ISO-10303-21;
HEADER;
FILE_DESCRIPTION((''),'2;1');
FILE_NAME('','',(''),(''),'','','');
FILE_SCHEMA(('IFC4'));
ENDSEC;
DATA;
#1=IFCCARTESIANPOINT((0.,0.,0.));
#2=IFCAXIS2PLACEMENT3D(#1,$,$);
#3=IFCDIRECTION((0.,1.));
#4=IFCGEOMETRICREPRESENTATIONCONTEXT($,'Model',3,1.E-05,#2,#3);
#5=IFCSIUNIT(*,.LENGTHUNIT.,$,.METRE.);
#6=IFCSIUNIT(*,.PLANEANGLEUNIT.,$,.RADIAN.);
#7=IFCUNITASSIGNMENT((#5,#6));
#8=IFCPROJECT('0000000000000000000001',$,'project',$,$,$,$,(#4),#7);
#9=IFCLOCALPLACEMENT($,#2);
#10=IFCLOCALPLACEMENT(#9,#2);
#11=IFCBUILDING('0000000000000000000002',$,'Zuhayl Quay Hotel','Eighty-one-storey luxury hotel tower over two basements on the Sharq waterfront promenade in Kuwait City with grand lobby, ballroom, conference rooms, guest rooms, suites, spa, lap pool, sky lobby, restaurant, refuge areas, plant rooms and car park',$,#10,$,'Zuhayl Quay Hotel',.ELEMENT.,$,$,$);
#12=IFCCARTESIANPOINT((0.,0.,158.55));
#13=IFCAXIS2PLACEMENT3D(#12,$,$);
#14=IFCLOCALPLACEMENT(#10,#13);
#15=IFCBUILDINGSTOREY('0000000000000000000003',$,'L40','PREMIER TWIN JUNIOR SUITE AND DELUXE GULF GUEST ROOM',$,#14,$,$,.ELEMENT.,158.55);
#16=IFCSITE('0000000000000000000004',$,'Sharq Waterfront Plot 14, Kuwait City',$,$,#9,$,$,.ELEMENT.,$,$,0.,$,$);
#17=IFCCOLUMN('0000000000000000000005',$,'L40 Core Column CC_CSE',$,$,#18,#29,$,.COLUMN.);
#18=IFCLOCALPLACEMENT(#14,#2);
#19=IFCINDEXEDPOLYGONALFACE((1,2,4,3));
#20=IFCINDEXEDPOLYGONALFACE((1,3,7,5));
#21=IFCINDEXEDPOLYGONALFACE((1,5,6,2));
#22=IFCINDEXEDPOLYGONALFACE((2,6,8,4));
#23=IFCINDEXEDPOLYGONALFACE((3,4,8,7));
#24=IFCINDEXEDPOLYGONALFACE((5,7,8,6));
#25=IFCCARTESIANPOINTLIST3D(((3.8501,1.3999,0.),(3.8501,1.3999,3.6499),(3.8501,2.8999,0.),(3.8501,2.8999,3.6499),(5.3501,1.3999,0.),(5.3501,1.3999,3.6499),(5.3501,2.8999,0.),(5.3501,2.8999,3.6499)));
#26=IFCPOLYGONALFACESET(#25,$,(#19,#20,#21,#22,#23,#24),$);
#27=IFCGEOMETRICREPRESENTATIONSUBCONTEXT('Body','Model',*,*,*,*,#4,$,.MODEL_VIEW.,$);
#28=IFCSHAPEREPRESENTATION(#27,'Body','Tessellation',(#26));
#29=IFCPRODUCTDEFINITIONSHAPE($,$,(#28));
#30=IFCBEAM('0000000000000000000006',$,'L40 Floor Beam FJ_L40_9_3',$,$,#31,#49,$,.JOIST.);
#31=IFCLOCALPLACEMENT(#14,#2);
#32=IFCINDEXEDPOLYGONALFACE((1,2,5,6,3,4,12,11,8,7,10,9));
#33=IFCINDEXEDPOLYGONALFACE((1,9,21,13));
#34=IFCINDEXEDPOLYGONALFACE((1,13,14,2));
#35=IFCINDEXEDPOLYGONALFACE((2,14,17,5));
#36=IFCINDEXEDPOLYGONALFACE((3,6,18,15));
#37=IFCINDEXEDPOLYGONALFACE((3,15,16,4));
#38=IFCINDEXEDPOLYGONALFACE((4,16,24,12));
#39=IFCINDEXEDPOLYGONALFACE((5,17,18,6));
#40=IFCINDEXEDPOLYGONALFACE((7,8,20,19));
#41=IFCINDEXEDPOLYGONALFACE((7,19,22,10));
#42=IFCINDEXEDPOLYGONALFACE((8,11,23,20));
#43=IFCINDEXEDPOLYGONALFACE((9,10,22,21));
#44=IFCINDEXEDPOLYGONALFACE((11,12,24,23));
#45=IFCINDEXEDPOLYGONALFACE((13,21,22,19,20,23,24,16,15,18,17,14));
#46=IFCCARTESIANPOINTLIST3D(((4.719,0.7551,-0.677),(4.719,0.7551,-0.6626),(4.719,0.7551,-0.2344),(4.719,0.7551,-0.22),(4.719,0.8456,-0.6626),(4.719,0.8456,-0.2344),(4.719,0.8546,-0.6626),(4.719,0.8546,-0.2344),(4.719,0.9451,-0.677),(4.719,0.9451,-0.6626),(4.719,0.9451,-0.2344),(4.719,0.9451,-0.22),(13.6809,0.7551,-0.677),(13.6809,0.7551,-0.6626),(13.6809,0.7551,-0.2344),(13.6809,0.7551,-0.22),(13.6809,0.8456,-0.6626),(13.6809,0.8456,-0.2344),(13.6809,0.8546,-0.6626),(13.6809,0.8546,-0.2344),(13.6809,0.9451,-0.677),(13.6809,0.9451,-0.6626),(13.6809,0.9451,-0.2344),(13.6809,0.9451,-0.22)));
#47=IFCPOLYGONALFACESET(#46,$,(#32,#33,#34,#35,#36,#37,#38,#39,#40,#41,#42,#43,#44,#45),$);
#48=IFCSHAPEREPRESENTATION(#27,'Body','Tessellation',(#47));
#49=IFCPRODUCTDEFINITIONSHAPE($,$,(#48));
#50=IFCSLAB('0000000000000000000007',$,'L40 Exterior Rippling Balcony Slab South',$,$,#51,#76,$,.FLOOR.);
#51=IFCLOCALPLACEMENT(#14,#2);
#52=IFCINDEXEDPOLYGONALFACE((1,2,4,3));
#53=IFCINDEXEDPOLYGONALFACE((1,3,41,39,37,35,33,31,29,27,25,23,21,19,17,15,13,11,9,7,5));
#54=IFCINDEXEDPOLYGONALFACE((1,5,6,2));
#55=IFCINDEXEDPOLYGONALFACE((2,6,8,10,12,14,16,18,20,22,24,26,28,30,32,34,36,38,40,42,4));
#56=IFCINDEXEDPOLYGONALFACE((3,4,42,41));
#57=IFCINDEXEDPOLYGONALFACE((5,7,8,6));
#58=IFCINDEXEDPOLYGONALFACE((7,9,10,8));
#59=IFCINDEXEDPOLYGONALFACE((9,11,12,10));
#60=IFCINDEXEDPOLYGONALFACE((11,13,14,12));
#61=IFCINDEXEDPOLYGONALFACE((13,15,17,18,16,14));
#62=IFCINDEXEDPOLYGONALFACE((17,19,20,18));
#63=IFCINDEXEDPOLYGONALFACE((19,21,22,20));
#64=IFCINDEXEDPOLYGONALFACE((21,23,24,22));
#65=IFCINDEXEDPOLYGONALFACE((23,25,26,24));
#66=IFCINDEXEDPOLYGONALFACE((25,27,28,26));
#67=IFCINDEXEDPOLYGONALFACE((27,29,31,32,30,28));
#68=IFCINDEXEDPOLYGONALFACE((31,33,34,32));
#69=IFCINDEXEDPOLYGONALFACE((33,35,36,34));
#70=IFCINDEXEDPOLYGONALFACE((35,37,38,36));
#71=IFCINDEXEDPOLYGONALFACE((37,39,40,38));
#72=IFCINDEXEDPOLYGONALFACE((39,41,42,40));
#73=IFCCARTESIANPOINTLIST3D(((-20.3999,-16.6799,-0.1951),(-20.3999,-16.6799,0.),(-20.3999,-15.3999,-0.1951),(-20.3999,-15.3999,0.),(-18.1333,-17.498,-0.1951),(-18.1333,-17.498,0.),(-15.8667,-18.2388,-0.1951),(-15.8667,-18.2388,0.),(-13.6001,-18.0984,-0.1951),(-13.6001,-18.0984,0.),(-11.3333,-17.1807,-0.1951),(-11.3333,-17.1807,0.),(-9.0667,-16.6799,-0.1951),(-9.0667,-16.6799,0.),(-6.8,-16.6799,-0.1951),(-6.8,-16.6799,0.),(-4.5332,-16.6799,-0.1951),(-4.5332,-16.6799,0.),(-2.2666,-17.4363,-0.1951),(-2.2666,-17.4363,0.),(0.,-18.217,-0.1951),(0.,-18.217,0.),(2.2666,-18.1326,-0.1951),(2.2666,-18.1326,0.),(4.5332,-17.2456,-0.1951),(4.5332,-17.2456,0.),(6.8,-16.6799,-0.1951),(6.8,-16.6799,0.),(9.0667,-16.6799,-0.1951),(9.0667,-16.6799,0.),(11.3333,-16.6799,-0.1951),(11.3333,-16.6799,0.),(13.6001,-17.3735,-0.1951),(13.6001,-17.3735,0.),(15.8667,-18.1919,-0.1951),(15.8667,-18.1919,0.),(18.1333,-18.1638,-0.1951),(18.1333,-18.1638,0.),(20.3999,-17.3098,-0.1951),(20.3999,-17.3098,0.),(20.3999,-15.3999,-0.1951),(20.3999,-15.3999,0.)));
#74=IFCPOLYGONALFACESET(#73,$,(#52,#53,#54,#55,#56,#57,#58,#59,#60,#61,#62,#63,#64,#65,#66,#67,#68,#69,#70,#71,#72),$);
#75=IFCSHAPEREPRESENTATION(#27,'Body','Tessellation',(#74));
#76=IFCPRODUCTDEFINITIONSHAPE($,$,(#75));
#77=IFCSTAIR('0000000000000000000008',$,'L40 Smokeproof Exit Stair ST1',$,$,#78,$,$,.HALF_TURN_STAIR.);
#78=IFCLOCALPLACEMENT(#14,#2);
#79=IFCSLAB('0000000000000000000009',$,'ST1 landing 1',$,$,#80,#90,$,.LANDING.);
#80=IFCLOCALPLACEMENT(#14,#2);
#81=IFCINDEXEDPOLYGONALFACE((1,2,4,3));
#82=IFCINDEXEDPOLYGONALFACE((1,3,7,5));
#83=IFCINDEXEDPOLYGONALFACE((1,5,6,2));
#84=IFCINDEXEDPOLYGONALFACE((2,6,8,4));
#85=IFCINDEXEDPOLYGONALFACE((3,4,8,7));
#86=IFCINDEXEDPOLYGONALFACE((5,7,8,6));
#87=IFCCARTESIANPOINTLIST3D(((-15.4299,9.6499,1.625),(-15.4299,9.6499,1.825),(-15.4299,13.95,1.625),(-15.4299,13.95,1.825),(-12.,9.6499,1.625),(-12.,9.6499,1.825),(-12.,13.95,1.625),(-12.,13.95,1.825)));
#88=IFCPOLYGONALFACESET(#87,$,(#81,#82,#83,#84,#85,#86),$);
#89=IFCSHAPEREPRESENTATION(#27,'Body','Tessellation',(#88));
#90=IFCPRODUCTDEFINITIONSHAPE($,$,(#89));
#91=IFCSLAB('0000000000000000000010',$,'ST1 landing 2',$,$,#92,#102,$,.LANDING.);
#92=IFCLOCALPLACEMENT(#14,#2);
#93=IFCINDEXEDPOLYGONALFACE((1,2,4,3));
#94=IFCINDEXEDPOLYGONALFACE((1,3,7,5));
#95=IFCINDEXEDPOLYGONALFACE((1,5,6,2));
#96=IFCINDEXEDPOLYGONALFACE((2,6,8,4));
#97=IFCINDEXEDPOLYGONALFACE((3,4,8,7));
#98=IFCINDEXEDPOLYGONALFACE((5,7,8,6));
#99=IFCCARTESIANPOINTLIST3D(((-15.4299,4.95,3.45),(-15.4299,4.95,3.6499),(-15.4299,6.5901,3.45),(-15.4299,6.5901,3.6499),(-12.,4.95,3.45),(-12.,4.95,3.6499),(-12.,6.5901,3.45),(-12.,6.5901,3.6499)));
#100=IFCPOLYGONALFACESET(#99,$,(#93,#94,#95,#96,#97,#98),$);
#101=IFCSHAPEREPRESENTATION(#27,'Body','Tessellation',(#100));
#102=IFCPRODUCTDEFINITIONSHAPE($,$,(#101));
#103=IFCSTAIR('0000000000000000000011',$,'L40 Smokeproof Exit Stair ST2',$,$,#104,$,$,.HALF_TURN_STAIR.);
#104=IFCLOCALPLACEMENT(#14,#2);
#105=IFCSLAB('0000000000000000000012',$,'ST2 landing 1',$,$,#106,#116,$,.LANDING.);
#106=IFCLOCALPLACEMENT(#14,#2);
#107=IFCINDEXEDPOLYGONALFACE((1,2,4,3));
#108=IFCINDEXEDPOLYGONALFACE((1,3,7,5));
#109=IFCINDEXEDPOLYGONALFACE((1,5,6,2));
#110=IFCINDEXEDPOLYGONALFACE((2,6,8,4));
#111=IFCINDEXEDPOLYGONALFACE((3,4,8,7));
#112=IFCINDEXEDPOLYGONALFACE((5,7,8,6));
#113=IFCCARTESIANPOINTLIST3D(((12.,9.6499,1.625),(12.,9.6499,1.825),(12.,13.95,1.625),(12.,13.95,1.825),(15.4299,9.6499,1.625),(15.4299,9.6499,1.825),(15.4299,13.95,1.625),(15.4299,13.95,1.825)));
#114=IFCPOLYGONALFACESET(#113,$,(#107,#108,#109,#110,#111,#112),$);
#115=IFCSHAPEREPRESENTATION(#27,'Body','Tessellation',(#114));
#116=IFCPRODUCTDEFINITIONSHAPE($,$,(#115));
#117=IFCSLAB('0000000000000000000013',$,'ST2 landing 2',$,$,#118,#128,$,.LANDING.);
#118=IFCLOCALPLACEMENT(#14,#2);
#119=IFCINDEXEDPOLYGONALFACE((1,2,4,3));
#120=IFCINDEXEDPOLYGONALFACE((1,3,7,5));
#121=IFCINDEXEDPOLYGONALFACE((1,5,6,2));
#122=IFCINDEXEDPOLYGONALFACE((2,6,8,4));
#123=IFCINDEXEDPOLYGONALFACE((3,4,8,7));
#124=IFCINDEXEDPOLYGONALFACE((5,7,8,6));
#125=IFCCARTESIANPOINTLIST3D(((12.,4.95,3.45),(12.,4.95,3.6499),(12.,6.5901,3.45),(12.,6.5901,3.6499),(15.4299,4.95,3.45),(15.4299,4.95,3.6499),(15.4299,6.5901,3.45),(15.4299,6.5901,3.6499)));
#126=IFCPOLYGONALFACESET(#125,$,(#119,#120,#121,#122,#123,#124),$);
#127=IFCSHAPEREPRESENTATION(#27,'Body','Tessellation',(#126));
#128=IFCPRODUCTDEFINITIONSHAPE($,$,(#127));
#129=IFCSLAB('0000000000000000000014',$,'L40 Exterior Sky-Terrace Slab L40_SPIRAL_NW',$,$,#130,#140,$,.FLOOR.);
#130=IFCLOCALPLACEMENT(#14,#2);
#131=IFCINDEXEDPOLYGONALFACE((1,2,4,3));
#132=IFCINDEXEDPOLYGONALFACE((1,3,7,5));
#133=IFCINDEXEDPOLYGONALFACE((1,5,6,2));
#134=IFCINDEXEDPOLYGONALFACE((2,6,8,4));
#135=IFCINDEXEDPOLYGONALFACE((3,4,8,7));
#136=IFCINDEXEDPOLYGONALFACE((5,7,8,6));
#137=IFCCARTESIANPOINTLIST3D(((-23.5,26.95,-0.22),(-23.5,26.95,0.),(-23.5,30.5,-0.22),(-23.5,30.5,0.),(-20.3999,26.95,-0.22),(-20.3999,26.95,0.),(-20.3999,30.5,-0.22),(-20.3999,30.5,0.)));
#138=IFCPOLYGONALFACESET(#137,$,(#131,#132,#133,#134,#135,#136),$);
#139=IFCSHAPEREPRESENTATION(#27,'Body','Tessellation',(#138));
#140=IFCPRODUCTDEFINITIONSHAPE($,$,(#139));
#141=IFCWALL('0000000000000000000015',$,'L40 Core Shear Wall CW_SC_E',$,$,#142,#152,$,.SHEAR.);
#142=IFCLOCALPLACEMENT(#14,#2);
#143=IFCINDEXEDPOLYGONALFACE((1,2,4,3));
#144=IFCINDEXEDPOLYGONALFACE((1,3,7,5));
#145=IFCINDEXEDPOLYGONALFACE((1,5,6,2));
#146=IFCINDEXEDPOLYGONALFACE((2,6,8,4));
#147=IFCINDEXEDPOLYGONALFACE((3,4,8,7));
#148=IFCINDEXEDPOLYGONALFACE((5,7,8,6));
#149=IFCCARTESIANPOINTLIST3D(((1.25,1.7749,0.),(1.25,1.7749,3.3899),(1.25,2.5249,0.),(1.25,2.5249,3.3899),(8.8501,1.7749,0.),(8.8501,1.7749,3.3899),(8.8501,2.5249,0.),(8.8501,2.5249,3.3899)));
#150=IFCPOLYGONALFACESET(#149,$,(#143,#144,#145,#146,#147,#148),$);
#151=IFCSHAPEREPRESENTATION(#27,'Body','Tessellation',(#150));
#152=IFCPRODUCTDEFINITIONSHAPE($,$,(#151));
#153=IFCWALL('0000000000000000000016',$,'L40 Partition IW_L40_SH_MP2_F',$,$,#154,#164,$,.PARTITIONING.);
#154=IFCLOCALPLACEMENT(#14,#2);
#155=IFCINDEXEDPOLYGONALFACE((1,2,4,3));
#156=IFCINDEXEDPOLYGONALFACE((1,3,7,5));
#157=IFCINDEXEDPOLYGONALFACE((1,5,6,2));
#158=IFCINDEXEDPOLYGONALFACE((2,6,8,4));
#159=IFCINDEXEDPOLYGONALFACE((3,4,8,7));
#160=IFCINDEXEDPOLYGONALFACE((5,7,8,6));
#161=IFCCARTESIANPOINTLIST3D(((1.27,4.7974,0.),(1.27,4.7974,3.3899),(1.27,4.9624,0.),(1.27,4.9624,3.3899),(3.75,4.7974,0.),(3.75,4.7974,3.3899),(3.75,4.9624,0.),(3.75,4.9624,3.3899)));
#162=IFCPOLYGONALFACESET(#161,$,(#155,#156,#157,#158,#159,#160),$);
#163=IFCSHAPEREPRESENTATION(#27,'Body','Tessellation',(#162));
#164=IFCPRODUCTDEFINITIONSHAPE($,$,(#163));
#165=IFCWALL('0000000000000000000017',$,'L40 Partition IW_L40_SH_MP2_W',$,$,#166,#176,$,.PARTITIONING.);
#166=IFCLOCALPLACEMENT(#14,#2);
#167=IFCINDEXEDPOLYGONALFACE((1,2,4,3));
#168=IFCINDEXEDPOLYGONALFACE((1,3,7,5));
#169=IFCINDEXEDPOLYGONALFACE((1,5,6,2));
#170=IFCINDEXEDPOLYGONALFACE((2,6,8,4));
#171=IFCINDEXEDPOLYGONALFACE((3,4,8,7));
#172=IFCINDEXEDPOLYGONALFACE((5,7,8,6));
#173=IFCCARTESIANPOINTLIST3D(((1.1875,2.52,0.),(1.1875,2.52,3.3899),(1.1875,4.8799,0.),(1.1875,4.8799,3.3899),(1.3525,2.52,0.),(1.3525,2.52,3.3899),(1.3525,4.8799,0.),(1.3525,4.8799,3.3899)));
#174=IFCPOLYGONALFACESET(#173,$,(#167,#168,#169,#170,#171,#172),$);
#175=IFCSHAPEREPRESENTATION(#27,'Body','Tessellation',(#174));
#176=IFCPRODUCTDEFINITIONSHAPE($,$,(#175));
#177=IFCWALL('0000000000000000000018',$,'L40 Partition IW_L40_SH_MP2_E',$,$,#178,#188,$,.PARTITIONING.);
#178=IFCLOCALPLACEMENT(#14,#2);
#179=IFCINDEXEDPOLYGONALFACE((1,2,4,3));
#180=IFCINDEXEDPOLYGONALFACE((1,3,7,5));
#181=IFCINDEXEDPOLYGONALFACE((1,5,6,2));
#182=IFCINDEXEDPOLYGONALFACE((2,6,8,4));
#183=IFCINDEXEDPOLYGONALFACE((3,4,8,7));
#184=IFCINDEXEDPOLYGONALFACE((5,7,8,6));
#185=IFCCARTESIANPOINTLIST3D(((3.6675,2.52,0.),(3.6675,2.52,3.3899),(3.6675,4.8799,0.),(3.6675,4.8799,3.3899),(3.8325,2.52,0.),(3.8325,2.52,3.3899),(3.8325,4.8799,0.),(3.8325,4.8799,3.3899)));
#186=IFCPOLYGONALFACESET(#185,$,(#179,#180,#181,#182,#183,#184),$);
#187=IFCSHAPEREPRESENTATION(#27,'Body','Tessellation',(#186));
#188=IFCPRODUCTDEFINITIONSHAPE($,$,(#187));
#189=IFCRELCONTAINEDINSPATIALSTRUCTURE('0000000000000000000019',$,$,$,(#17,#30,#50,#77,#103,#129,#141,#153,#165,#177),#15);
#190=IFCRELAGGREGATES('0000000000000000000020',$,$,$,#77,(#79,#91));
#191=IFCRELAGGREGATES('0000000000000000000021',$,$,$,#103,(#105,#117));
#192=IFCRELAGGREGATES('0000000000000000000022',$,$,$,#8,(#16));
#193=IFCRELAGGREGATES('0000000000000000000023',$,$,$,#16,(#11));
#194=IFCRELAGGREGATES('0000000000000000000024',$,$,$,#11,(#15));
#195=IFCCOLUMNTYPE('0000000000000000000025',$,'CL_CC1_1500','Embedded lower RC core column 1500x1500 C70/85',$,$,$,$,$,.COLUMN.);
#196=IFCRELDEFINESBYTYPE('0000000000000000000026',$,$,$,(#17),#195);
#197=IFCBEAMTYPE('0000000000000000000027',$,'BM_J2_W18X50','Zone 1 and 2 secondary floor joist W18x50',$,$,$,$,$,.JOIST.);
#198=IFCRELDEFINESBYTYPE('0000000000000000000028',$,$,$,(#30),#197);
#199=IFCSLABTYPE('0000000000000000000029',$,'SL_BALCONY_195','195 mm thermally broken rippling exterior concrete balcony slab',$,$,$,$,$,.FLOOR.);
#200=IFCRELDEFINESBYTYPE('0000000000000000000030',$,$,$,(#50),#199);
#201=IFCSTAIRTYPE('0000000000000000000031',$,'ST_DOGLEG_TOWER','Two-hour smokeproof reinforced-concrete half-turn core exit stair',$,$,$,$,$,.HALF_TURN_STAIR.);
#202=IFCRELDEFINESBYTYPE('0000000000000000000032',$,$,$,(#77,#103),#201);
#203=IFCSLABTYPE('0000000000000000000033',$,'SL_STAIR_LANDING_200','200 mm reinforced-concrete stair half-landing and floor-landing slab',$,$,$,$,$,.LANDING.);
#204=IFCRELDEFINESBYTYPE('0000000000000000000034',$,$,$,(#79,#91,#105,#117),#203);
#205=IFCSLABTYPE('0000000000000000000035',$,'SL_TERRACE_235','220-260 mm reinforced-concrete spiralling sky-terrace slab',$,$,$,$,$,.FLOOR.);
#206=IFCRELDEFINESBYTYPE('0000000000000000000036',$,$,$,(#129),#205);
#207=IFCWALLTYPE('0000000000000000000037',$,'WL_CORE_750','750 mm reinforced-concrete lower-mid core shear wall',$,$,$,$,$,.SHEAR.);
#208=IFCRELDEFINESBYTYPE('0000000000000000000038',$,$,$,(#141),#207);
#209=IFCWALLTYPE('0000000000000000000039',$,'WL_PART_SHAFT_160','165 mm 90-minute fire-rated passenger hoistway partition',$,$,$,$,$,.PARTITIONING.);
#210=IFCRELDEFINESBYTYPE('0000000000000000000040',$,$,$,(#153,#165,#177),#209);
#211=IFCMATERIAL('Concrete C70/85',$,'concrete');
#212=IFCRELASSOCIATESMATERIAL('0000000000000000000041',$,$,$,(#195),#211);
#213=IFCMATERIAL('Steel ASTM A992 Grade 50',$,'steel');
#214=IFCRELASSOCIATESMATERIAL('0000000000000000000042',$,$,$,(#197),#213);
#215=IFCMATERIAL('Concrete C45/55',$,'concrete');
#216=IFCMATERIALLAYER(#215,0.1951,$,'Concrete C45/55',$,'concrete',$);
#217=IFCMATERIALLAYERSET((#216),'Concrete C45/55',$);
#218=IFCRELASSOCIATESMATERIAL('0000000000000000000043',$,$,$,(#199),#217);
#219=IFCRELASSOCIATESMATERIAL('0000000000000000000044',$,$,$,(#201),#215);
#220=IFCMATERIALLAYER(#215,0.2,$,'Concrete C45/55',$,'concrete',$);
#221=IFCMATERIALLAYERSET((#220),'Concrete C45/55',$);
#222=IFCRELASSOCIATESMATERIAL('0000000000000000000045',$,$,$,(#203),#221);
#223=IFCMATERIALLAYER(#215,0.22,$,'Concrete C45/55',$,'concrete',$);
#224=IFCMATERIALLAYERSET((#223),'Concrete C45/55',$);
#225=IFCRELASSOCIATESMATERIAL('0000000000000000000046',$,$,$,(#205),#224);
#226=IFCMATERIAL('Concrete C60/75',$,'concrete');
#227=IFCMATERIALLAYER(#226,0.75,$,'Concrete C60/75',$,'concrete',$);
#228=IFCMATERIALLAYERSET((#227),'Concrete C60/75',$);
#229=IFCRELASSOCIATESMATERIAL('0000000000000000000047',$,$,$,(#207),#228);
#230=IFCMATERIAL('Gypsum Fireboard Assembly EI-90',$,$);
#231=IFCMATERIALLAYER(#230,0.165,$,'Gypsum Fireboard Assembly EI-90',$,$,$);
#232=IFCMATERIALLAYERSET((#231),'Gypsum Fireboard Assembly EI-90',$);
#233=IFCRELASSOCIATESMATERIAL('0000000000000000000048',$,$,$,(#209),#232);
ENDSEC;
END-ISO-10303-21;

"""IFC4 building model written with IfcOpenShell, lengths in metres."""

from ifc_helpers import new_model, si_unit, direction, frame, frame_2d, origin, origin_2d, place, context, subcontext, project, spatial, polyline, rectangle, i_section, outline, extrude, material, layer, layer_set, material_profile, profile_set, type_object, element, aggregate, save


model = new_model("IFC4")

# Units and contexts
model_context = context("Model", 3, precision=1e-05, world=origin(), true_north=direction((0.0, 1.0)))
body_context = subcontext(model_context, "Body", "Model", "MODEL_VIEW")
ifc_project = project(units=[si_unit("LENGTHUNIT", "METRE"), si_unit("PLANEANGLEUNIT", "RADIAN")], contexts=[model_context])

# Site, building, storey
site_placement = place(None, origin())
site = spatial("IfcSite", under=ifc_project, at=site_placement, Name="Sharq Waterfront Plot 14, Kuwait City", CompositionType="ELEMENT", RefElevation=0.0)
building_placement = place(site_placement, origin())
building = spatial("IfcBuilding", under=site, at=building_placement, Name="Zuhayl Quay Hotel", Description="Eighty-one-storey luxury hotel tower over two basements on the Sharq waterfront promenade in Kuwait City with grand lobby, ballroom, conference rooms, guest rooms, suites, spa, lap pool, sky lobby, restaurant, refuge areas, plant rooms and car park", LongName="Zuhayl Quay Hotel", CompositionType="ELEMENT")
storey_placement = place(building_placement, frame((0.0, 0.0, 158.55)))
storey = spatial("IfcBuildingStorey", under=building, at=storey_placement, Name="L40", Description="PREMIER TWIN JUNIOR SUITE AND DELUXE GULF GUEST ROOM", CompositionType="ELEMENT", Elevation=158.55)

# Column
ifc_material_1 = material(Name="Concrete C70/85", Category="concrete")
ifc_material_profile_1 = material_profile(ifc_material_1, rectangle(XDim=1.5, YDim=1.5, at=origin_2d()), Name="RC1500X1500")
ifc_profile_set_1 = profile_set([ifc_material_profile_1], Name="Concrete C70/85")
column_type = type_object("IfcColumnType", Name="CL_CC1_1500", Description="Embedded lower RC core column 1500x1500 C70/85", PredefinedType="COLUMN", material=ifc_profile_set_1)
column_placement = place(storey_placement, frame((4.6001, 2.1499, 0.0), z_axis=(0.0, 0.0, 1.0), x_axis=(1.0, 0.0, 0.0)))
element("IfcColumn", 1, at=column_placement, inside=storey, type_object=column_type, Name="L40 Core Column CC_CSE", PredefinedType="COLUMN", context=body_context, shape_type="SweptSolid", body=[
    extrude(rectangle(XDim=1.5, YDim=1.5, at=origin_2d()), origin(), (0.0, 0.0, 1.0), 3.6499),
])

# Beam
ifc_material_2 = material(Name="Steel ASTM A992 Grade 50", Category="steel")
ifc_material_profile_2 = material_profile(ifc_material_2, i_section(OverallWidth=0.1899, OverallDepth=0.457, WebThickness=0.009, FlangeThickness=0.0144, at=origin_2d()), Name="W18X50")
ifc_profile_set_2 = profile_set([ifc_material_profile_2], Name="Steel ASTM A992 Grade 50")
beam_type = type_object("IfcBeamType", Name="BM_J2_W18X50", Description="Zone 1 and 2 secondary floor joist W18x50", PredefinedType="JOIST", material=ifc_profile_set_2)
beam_placement = place(storey_placement, frame((4.719, 0.8501, -0.4485), z_axis=(1.0, 0.0, 0.0), x_axis=(0.0, 1.0, 0.0)))
element("IfcBeam", 2, at=beam_placement, inside=storey, type_object=beam_type, Name="L40 Floor Beam FJ_L40_9_3", PredefinedType="JOIST", context=body_context, shape_type="SweptSolid", body=[
    extrude(i_section(OverallWidth=0.1899, OverallDepth=0.457, WebThickness=0.009, FlangeThickness=0.0144, at=origin_2d()), origin(), (0.0, 0.0, 1.0), 8.9619),
])

# Slab
ifc_material_3 = material(Name="Concrete C45/55", Category="concrete")
ifc_layer_1 = layer(ifc_material_3, 0.1951, Name="Concrete C45/55", Category="concrete")
ifc_layer_set_1 = layer_set([ifc_layer_1], Name="Concrete C45/55")
slab_type_1 = type_object("IfcSlabType", Name="SL_BALCONY_195", Description="195 mm thermally broken rippling exterior concrete balcony slab", PredefinedType="FLOOR", material=ifc_layer_set_1)
slab_1_placement = place(storey_placement, frame((0.0, 0.0, -0.1951)))
element("IfcSlab", 3, at=slab_1_placement, inside=storey, type_object=slab_type_1, Name="L40 Exterior Rippling Balcony Slab South", PredefinedType="FLOOR", context=body_context, shape_type="SweptSolid", body=[
    extrude(outline(polyline([(-20.3999, -16.6799), (-18.1333, -17.498), (-15.8667, -18.2388), (-13.6001, -18.0984), (-11.3333, -17.1807), (-9.0667, -16.6799), (-6.8, -16.6799), (-4.5332, -16.6799), (-2.2666, -17.4363), (0.0, -18.217), (2.2666, -18.1326), (4.5332, -17.2456), (6.8, -16.6799), (9.0667, -16.6799), (11.3333, -16.6799), (13.6001, -17.3735), (15.8667, -18.1919), (18.1333, -18.1638), (20.3999, -17.3098), (20.3999, -15.3999), (-20.3999, -15.3999), (-20.3999, -16.6799)])), origin(), (0.0, 0.0, 1.0), 0.1951),
])

# Stairs, slabs
stair_type = type_object("IfcStairType", Name="ST_DOGLEG_TOWER", Description="Two-hour smokeproof reinforced-concrete half-turn core exit stair", PredefinedType="HALF_TURN_STAIR", material=ifc_material_3)
stair_1_placement = place(storey_placement, origin())
stair_1 = element("IfcStair", 4, at=stair_1_placement, inside=storey, type_object=stair_type, Name="L40 Smokeproof Exit Stair ST1", PredefinedType="HALF_TURN_STAIR")
ifc_layer_2 = layer(ifc_material_3, 0.2, Name="Concrete C45/55", Category="concrete")
ifc_layer_set_2 = layer_set([ifc_layer_2], Name="Concrete C45/55")
slab_type_2 = type_object("IfcSlabType", Name="SL_STAIR_LANDING_200", Description="200 mm reinforced-concrete stair half-landing and floor-landing slab", PredefinedType="LANDING", material=ifc_layer_set_2)
slab_2_placement = place(storey_placement, frame((0.0, 0.0, 1.625)))
slab_2 = element("IfcSlab", 5, at=slab_2_placement, type_object=slab_type_2, Name="ST1 landing 1", PredefinedType="LANDING", context=body_context, shape_type="SweptSolid", body=[
    extrude(outline(polyline([(-12.0, 9.6499), (-12.0, 13.95), (-15.4299, 13.95), (-15.4299, 9.6499), (-12.0, 9.6499)])), origin(), (0.0, 0.0, 1.0), 0.2),
])
slab_3_placement = place(storey_placement, frame((0.0, 0.0, 3.45)))
slab_3 = element("IfcSlab", 6, at=slab_3_placement, type_object=slab_type_2, Name="ST1 landing 2", PredefinedType="LANDING", context=body_context, shape_type="SweptSolid", body=[
    extrude(outline(polyline([(-12.0, 4.95), (-12.0, 6.5901), (-15.4299, 6.5901), (-15.4299, 4.95), (-12.0, 4.95)])), origin(), (0.0, 0.0, 1.0), 0.2),
])
aggregate(stair_1, [slab_2, slab_3])
stair_2_placement = place(storey_placement, origin())
stair_2 = element("IfcStair", 7, at=stair_2_placement, inside=storey, type_object=stair_type, Name="L40 Smokeproof Exit Stair ST2", PredefinedType="HALF_TURN_STAIR")
slab_4_placement = place(storey_placement, frame((0.0, 0.0, 1.625)))
slab_4 = element("IfcSlab", 8, at=slab_4_placement, type_object=slab_type_2, Name="ST2 landing 1", PredefinedType="LANDING", context=body_context, shape_type="SweptSolid", body=[
    extrude(outline(polyline([(15.4299, 9.6499), (15.4299, 13.95), (12.0, 13.95), (12.0, 9.6499), (15.4299, 9.6499)])), origin(), (0.0, 0.0, 1.0), 0.2),
])
slab_5_placement = place(storey_placement, frame((0.0, 0.0, 3.45)))
slab_5 = element("IfcSlab", 9, at=slab_5_placement, type_object=slab_type_2, Name="ST2 landing 2", PredefinedType="LANDING", context=body_context, shape_type="SweptSolid", body=[
    extrude(outline(polyline([(15.4299, 4.95), (15.4299, 6.5901), (12.0, 6.5901), (12.0, 4.95), (15.4299, 4.95)])), origin(), (0.0, 0.0, 1.0), 0.2),
])
aggregate(stair_2, [slab_4, slab_5])

# Slab
ifc_layer_3 = layer(ifc_material_3, 0.22, Name="Concrete C45/55", Category="concrete")
ifc_layer_set_3 = layer_set([ifc_layer_3], Name="Concrete C45/55")
slab_type_3 = type_object("IfcSlabType", Name="SL_TERRACE_235", Description="220-260 mm reinforced-concrete spiralling sky-terrace slab", PredefinedType="FLOOR", material=ifc_layer_set_3)
slab_6_placement = place(storey_placement, frame((0.0, 0.0, -0.22)))
element("IfcSlab", 10, at=slab_6_placement, inside=storey, type_object=slab_type_3, Name="L40 Exterior Sky-Terrace Slab L40_SPIRAL_NW", PredefinedType="FLOOR", context=body_context, shape_type="SweptSolid", body=[
    extrude(outline(polyline([(-23.5, 26.95), (-20.3999, 26.95), (-20.3999, 30.5), (-23.5, 30.5), (-23.5, 26.95)])), origin(), (0.0, 0.0, 1.0), 0.22),
])

# Walls
ifc_material_4 = material(Name="Concrete C60/75", Category="concrete")
ifc_layer_4 = layer(ifc_material_4, 0.75, Name="Concrete C60/75", Category="concrete")
ifc_layer_set_4 = layer_set([ifc_layer_4], Name="Concrete C60/75")
wall_type_1 = type_object("IfcWallType", Name="WL_CORE_750", Description="750 mm reinforced-concrete lower-mid core shear wall", PredefinedType="SHEAR", material=ifc_layer_set_4)
wall_1_placement = place(storey_placement, frame((1.25, 2.1499, 0.0), z_axis=(0.0, 0.0, 1.0), x_axis=(1.0, 0.0, 0.0)))
element("IfcWall", 11, at=wall_1_placement, inside=storey, type_object=wall_type_1, Name="L40 Core Shear Wall CW_SC_E", PredefinedType="SHEAR", context=body_context, shape_type="SweptSolid", body=[
    extrude(rectangle(XDim=7.6001, YDim=0.75, at=frame_2d((3.8, 0.0))), origin(), (0.0, 0.0, 1.0), 3.3899),
])
ifc_material_5 = material(Name="Gypsum Fireboard Assembly EI-90")
ifc_layer_5 = layer(ifc_material_5, 0.165, Name="Gypsum Fireboard Assembly EI-90")
ifc_layer_set_5 = layer_set([ifc_layer_5], Name="Gypsum Fireboard Assembly EI-90")
wall_type_2 = type_object("IfcWallType", Name="WL_PART_SHAFT_160", Description="165 mm 90-minute fire-rated passenger hoistway partition", PredefinedType="PARTITIONING", material=ifc_layer_set_5)
wall_2_placement = place(storey_placement, frame((1.27, 4.8799, 0.0), z_axis=(0.0, 0.0, 1.0), x_axis=(1.0, 0.0, 0.0)))
element("IfcWall", 12, at=wall_2_placement, inside=storey, type_object=wall_type_2, Name="L40 Partition IW_L40_SH_MP2_F", PredefinedType="PARTITIONING", context=body_context, shape_type="SweptSolid", body=[
    extrude(rectangle(XDim=2.48, YDim=0.165, at=frame_2d((1.24, 0.0))), origin(), (0.0, 0.0, 1.0), 3.3899),
])
for number, where, z_axis, x_axis, name in (
    (13, (1.27, 2.52, 0.0), (0.0, 0.0, 1.0), (0.0, 1.0, 0.0), "L40 Partition IW_L40_SH_MP2_W"),
    (14, (3.75, 2.52, 0.0), (0.0, 0.0, 1.0), (0.0, 1.0, 0.0), "L40 Partition IW_L40_SH_MP2_E"),
):
    element("IfcWall", number, at=place(storey_placement, frame(where, z_axis=z_axis, x_axis=x_axis)), inside=storey, type_object=wall_type_2, Name=name, PredefinedType="PARTITIONING", context=body_context, shape_type="SweptSolid", body=[
        extrude(rectangle(XDim=2.3599, YDim=0.165, at=frame_2d((1.1799, 0.0))), origin(), (0.0, 0.0, 1.0), 3.3899),
    ])

save(model, "model.ifc")
